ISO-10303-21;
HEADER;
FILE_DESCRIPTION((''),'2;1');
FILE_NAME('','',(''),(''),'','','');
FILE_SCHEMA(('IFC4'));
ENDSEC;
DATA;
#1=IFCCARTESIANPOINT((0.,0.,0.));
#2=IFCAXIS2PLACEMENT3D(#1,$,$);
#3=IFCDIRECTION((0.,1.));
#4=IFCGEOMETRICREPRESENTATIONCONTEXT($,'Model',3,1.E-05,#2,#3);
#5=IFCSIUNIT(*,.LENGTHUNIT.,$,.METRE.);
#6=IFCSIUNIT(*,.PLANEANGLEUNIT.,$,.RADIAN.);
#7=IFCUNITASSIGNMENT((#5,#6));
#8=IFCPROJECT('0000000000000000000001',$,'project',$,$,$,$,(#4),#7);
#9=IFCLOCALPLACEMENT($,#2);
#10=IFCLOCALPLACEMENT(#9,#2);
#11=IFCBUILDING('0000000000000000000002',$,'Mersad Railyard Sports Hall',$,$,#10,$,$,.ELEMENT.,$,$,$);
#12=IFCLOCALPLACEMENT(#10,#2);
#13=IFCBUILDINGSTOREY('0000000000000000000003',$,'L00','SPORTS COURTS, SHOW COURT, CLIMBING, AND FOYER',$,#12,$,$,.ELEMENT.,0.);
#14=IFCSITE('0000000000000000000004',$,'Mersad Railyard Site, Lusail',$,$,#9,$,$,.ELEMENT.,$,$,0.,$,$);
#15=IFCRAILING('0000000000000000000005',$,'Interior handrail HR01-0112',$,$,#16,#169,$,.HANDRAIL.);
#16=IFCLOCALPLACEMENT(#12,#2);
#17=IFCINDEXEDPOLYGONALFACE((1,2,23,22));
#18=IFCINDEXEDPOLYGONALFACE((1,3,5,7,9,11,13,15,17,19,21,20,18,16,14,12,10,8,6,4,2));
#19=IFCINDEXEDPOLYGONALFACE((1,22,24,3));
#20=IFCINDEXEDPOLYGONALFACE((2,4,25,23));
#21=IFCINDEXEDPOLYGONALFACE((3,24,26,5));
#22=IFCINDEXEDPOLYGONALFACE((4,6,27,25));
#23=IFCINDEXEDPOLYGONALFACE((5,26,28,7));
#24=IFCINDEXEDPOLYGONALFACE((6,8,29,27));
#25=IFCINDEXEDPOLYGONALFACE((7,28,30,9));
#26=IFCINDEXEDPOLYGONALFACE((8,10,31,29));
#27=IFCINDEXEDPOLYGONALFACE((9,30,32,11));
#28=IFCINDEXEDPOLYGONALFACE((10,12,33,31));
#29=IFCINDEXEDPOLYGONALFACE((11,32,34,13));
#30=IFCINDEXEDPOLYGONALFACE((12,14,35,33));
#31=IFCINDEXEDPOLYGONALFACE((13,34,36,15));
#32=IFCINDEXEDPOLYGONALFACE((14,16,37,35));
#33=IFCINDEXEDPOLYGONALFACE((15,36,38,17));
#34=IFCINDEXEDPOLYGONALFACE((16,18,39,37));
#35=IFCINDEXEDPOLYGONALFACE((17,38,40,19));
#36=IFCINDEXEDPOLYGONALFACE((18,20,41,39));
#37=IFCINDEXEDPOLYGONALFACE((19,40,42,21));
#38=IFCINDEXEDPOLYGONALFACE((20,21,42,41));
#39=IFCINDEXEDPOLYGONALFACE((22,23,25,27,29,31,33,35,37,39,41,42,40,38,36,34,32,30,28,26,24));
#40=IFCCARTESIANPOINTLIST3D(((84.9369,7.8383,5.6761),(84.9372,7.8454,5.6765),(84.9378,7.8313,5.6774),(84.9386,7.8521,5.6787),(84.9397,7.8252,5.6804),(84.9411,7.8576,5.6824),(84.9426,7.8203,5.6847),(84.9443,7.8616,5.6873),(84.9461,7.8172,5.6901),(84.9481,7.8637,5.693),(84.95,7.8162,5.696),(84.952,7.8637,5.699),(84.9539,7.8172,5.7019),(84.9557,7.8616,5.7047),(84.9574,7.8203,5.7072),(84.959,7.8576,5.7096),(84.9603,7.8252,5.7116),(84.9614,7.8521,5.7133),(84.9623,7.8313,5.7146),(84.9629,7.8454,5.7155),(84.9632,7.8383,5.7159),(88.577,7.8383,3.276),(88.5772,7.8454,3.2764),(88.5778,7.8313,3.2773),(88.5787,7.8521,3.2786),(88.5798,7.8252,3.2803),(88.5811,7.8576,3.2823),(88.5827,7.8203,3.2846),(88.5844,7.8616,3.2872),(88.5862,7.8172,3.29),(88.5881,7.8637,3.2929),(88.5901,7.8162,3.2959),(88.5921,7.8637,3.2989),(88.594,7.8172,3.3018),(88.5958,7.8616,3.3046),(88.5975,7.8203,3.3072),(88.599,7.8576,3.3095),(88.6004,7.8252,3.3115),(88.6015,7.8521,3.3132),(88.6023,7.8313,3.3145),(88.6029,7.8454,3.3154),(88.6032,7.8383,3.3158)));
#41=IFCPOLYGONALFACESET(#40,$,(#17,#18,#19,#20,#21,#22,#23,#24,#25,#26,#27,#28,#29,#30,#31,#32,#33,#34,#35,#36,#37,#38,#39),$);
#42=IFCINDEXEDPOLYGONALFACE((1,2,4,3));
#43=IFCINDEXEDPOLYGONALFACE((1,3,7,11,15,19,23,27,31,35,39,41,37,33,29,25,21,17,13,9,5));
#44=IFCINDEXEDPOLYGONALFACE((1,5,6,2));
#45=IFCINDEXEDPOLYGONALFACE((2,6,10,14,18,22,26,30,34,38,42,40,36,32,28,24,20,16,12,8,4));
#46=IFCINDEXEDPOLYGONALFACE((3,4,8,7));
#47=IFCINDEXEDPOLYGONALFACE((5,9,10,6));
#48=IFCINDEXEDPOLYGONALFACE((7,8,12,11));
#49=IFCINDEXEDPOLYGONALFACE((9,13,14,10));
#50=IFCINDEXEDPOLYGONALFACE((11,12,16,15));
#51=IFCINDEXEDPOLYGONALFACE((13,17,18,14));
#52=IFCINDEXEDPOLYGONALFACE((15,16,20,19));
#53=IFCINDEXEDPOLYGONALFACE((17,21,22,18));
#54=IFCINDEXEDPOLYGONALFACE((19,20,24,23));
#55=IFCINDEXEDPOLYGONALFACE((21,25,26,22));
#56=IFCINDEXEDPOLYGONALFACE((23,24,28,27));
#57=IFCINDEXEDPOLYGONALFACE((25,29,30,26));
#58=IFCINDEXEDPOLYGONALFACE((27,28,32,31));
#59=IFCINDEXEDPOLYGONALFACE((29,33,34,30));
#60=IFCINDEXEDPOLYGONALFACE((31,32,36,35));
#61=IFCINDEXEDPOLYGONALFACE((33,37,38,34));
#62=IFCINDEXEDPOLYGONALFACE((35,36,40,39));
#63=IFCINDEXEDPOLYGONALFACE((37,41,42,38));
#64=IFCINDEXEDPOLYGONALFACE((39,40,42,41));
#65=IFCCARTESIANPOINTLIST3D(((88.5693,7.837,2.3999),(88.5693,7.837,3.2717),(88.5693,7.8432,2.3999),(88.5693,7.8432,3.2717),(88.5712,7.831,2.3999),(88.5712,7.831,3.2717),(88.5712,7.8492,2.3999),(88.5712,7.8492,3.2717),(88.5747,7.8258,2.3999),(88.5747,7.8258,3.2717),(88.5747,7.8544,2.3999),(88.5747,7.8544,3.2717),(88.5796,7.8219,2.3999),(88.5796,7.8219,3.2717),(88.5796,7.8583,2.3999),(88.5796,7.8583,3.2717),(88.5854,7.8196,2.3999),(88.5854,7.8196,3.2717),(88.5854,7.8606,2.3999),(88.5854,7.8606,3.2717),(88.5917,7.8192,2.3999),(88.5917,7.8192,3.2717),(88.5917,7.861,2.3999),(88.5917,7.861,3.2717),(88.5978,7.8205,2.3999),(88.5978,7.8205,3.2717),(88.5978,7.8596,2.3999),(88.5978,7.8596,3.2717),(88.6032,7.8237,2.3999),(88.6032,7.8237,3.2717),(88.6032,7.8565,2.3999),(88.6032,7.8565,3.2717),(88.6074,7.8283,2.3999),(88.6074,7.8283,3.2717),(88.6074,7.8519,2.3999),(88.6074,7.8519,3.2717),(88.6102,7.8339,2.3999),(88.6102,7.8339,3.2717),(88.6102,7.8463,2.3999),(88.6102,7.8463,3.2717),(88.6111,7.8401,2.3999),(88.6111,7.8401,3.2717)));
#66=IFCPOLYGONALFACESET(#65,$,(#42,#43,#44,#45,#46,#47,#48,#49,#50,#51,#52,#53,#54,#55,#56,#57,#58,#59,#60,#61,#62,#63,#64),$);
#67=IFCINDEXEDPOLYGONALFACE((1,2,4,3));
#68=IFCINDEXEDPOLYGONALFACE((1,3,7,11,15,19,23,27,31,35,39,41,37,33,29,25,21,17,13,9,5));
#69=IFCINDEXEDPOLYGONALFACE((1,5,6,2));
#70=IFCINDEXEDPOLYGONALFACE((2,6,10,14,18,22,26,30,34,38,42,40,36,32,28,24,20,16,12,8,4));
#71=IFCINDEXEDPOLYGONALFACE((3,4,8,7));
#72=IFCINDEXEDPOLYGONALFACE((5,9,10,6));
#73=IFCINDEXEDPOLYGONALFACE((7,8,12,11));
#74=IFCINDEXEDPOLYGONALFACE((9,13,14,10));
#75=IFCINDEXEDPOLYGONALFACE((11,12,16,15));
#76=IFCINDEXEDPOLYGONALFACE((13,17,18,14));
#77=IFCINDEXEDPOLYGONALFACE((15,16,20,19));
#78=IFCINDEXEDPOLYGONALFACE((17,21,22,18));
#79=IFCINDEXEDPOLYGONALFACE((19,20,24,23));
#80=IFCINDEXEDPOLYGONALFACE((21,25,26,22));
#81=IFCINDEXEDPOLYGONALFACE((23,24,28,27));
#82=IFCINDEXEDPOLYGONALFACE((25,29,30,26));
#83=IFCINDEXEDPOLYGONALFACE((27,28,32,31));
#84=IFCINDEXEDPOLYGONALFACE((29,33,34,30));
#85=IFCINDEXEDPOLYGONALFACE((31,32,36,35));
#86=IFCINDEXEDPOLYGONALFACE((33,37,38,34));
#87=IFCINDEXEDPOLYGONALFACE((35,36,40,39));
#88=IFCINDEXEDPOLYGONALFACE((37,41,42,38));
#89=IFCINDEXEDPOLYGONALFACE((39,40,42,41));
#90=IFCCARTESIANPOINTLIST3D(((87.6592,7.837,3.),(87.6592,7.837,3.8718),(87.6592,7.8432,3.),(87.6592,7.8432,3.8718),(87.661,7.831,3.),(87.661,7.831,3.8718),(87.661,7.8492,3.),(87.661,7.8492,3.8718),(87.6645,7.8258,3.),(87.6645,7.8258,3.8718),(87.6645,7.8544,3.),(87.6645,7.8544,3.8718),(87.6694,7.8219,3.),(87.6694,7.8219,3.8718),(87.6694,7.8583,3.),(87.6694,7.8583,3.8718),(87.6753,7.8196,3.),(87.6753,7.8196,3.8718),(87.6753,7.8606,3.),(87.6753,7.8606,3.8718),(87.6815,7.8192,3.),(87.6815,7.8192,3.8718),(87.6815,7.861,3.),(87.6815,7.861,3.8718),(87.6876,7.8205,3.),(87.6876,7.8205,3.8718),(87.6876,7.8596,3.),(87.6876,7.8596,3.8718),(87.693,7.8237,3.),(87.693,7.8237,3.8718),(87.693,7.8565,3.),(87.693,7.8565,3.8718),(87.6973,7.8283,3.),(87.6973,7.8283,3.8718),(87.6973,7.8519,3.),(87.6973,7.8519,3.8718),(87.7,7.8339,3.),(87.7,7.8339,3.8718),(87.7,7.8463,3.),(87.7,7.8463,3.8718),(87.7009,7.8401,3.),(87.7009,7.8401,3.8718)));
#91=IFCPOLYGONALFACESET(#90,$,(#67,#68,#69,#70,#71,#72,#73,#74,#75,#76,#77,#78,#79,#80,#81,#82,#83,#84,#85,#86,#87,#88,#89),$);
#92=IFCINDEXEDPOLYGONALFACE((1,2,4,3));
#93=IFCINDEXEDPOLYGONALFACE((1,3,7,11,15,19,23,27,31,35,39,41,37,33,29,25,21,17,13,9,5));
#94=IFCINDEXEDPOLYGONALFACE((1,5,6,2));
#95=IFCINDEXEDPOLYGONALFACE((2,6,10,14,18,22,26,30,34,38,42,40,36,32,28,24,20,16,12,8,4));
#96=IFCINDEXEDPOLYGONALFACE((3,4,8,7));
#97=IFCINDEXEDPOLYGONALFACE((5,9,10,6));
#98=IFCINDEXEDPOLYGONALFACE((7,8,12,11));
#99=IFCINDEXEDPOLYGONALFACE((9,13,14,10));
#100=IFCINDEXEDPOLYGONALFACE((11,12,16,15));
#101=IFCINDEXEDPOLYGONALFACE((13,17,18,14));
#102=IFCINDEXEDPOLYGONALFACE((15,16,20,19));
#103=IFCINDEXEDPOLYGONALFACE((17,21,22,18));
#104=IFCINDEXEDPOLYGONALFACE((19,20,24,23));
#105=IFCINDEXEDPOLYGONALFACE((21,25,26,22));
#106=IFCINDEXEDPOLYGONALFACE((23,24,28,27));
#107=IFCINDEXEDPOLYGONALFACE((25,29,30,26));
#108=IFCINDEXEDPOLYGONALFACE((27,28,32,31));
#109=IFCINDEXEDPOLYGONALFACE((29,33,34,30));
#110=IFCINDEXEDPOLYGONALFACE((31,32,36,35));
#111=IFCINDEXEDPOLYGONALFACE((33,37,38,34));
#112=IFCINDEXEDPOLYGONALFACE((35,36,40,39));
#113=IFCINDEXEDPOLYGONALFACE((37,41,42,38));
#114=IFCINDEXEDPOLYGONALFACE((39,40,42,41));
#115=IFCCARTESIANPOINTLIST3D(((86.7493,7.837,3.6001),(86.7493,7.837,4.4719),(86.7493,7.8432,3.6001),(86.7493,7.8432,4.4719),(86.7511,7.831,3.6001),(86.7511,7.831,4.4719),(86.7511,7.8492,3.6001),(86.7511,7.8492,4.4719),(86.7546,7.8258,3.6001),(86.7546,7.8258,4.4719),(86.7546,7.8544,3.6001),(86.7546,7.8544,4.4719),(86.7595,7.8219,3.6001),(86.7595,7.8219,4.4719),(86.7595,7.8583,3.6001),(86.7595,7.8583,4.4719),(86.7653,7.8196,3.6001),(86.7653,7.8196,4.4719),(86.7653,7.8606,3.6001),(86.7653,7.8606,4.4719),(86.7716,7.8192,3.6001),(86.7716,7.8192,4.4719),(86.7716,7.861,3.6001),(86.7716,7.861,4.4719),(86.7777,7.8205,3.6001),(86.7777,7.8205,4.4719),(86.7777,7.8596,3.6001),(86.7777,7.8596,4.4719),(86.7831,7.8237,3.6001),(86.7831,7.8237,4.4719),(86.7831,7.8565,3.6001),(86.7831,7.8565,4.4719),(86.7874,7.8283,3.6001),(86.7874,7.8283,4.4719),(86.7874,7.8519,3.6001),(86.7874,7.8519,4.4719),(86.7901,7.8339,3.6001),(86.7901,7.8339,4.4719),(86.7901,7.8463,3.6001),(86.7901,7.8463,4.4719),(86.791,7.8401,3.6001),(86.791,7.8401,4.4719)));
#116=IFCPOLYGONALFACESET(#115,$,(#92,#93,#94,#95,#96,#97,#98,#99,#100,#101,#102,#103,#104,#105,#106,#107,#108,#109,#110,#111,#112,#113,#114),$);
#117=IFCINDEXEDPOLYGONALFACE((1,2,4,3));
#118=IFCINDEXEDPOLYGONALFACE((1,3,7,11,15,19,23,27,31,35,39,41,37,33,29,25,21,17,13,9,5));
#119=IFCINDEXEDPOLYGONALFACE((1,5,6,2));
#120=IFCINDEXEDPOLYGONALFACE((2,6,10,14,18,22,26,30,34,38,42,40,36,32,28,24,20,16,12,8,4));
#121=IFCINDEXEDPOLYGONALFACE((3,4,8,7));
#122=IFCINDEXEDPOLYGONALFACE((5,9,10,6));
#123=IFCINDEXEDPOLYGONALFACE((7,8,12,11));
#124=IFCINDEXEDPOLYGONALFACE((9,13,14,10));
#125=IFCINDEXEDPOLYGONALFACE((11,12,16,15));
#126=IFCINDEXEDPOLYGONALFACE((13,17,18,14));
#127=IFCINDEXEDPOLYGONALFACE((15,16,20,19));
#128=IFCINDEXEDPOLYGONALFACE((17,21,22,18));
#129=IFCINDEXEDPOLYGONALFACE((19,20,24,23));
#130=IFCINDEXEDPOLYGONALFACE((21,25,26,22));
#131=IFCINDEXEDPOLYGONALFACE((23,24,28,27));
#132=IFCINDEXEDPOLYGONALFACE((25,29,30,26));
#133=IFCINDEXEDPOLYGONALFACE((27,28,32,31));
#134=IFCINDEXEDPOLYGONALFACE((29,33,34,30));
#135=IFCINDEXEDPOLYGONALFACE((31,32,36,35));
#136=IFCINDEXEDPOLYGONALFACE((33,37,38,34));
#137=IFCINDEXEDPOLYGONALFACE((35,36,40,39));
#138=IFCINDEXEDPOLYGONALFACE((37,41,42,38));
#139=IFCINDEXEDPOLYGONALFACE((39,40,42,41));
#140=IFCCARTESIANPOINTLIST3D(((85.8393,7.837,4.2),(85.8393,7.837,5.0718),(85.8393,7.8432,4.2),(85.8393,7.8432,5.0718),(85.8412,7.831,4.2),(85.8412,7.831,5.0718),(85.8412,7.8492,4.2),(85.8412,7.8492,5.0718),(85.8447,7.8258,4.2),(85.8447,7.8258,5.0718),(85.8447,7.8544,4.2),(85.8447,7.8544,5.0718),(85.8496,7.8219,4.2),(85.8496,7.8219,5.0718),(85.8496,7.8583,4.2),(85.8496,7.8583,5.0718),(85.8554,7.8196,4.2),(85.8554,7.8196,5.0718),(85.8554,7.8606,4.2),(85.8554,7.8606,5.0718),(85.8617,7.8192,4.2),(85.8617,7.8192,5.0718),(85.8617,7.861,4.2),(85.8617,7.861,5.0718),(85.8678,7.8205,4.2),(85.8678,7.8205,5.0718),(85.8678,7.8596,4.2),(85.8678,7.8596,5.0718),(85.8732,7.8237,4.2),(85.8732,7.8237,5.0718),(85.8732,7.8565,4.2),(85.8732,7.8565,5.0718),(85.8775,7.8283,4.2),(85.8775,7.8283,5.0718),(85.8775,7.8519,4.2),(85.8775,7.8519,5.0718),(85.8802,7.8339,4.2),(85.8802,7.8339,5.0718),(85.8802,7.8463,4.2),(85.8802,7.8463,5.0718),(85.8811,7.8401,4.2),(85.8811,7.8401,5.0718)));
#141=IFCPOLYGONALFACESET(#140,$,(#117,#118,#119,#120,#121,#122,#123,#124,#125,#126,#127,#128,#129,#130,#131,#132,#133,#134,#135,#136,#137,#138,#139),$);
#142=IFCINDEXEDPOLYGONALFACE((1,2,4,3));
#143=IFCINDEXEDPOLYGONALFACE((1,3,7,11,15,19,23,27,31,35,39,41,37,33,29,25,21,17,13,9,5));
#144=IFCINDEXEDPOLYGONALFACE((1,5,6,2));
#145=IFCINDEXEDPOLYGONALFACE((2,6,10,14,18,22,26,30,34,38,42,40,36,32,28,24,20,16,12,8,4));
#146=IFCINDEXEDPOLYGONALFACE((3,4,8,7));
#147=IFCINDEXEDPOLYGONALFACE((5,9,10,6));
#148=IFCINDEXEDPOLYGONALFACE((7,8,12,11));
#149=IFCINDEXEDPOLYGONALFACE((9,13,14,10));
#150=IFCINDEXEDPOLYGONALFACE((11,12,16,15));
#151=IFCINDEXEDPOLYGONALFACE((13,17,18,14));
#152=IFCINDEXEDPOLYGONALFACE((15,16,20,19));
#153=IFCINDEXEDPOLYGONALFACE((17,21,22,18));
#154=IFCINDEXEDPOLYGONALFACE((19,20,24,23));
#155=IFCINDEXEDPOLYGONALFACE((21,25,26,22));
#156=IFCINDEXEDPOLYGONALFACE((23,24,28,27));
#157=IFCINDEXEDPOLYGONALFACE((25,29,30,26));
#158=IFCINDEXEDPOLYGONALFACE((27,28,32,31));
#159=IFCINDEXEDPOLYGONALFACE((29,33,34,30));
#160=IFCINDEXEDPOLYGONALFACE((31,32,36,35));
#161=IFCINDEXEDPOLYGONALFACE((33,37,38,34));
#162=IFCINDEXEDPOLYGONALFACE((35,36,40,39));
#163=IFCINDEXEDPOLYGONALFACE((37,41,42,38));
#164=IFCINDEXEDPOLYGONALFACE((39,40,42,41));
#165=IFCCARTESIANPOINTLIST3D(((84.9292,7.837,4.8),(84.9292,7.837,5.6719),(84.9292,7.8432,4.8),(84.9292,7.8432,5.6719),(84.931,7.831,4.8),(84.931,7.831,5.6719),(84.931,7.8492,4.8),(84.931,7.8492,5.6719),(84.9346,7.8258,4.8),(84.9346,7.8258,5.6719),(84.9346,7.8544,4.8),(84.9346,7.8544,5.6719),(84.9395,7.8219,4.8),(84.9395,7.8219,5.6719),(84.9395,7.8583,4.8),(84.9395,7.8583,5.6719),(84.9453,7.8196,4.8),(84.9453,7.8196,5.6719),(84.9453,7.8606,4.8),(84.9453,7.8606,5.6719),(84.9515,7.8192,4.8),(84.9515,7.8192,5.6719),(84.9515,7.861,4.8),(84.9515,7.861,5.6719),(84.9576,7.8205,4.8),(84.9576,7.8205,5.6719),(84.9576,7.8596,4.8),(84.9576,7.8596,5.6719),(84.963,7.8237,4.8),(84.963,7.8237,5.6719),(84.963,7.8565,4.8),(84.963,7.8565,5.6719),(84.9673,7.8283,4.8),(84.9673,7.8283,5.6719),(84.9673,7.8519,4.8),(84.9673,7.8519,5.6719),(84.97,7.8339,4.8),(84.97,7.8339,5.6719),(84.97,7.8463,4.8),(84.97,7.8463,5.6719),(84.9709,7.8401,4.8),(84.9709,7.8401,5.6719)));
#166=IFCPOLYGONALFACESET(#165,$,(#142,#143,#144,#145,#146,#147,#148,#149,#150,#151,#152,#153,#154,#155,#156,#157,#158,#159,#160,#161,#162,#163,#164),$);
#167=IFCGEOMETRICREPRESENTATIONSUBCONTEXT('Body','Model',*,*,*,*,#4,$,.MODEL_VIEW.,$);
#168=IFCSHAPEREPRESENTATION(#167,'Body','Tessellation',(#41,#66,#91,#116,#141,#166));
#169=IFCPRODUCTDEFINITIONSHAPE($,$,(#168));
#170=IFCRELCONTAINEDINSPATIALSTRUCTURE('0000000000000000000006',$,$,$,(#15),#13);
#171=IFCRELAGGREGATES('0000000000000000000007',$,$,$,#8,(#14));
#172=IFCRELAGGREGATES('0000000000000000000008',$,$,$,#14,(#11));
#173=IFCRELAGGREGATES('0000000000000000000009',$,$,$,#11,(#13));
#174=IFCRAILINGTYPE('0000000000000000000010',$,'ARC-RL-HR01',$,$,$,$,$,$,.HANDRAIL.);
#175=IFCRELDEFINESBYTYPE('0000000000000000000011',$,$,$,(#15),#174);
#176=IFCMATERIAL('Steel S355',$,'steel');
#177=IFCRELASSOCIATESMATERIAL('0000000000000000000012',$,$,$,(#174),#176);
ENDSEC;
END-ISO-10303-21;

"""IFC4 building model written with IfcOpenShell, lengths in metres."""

from ifc_helpers import new_model, si_unit, direction, frame, origin, origin_2d, place, context, subcontext, project, spatial, circle, extrude, material, type_object, element, save


model = new_model("IFC4")

# Units and contexts
model_context = context("Model", 3, precision=1e-05, world=origin(), true_north=direction((0.0, 1.0)))
body_context = subcontext(model_context, "Body", "Model", "MODEL_VIEW")
ifc_project = project(units=[si_unit("LENGTHUNIT", "METRE"), si_unit("PLANEANGLEUNIT", "RADIAN")], contexts=[model_context])

# Site, building, storey
site_placement = place(None, origin())
site = spatial("IfcSite", under=ifc_project, at=site_placement, Name="Mersad Railyard Site, Lusail", CompositionType="ELEMENT", RefElevation=0.0)
building_placement = place(site_placement, origin())
building = spatial("IfcBuilding", under=site, at=building_placement, Name="Mersad Railyard Sports Hall", CompositionType="ELEMENT")
storey_placement = place(building_placement, origin())
storey = spatial("IfcBuildingStorey", under=building, at=storey_placement, Name="L00", Description="SPORTS COURTS, SHOW COURT, CLIMBING, AND FOYER", CompositionType="ELEMENT", Elevation=0.0)

# Shared definitions
ifc_material_1 = material(Name="Steel S355", Category="steel")

# Railing
railing_type = type_object("IfcRailingType", Name="ARC-RL-HR01", PredefinedType="HANDRAIL", material=ifc_material_1)
railing_placement = place(storey_placement, frame((88.5901, 7.8401, 2.3999)))
element("IfcRailing", 1, at=railing_placement, inside=storey, type_object=railing_type, Name="Interior handrail HR01-0112", PredefinedType="HANDRAIL", context=body_context, shape_type="SweptSolid", body=[
    extrude(circle(Radius=0.0239, at=origin_2d()), frame((0.0, 0.0, 0.896), z_axis=(-0.834856, 0.0, 0.550468), x_axis=(0.0, -1.0, 0.0)), (0.0, 0.0, 1.0), 4.3601),
    extrude(circle(Radius=0.021, at=origin_2d()), origin(), (0.0, 0.0, 1.0), 0.8718),
    extrude(circle(Radius=0.021, at=origin_2d()), frame((-0.9102, 0.0, 0.6001)), (0.0, 0.0, 1.0), 0.8718),
    extrude(circle(Radius=0.021, at=origin_2d()), frame((-1.8201, 0.0, 1.2002)), (0.0, 0.0, 1.0), 0.8718),
    extrude(circle(Radius=0.021, at=origin_2d()), frame((-2.73, 0.0, 1.8)), (0.0, 0.0, 1.0), 0.8718),
    extrude(circle(Radius=0.021, at=origin_2d()), frame((-3.6401, 0.0, 2.4001)), (0.0, 0.0, 1.0), 0.8718),
])

save(model, "model.ifc")
